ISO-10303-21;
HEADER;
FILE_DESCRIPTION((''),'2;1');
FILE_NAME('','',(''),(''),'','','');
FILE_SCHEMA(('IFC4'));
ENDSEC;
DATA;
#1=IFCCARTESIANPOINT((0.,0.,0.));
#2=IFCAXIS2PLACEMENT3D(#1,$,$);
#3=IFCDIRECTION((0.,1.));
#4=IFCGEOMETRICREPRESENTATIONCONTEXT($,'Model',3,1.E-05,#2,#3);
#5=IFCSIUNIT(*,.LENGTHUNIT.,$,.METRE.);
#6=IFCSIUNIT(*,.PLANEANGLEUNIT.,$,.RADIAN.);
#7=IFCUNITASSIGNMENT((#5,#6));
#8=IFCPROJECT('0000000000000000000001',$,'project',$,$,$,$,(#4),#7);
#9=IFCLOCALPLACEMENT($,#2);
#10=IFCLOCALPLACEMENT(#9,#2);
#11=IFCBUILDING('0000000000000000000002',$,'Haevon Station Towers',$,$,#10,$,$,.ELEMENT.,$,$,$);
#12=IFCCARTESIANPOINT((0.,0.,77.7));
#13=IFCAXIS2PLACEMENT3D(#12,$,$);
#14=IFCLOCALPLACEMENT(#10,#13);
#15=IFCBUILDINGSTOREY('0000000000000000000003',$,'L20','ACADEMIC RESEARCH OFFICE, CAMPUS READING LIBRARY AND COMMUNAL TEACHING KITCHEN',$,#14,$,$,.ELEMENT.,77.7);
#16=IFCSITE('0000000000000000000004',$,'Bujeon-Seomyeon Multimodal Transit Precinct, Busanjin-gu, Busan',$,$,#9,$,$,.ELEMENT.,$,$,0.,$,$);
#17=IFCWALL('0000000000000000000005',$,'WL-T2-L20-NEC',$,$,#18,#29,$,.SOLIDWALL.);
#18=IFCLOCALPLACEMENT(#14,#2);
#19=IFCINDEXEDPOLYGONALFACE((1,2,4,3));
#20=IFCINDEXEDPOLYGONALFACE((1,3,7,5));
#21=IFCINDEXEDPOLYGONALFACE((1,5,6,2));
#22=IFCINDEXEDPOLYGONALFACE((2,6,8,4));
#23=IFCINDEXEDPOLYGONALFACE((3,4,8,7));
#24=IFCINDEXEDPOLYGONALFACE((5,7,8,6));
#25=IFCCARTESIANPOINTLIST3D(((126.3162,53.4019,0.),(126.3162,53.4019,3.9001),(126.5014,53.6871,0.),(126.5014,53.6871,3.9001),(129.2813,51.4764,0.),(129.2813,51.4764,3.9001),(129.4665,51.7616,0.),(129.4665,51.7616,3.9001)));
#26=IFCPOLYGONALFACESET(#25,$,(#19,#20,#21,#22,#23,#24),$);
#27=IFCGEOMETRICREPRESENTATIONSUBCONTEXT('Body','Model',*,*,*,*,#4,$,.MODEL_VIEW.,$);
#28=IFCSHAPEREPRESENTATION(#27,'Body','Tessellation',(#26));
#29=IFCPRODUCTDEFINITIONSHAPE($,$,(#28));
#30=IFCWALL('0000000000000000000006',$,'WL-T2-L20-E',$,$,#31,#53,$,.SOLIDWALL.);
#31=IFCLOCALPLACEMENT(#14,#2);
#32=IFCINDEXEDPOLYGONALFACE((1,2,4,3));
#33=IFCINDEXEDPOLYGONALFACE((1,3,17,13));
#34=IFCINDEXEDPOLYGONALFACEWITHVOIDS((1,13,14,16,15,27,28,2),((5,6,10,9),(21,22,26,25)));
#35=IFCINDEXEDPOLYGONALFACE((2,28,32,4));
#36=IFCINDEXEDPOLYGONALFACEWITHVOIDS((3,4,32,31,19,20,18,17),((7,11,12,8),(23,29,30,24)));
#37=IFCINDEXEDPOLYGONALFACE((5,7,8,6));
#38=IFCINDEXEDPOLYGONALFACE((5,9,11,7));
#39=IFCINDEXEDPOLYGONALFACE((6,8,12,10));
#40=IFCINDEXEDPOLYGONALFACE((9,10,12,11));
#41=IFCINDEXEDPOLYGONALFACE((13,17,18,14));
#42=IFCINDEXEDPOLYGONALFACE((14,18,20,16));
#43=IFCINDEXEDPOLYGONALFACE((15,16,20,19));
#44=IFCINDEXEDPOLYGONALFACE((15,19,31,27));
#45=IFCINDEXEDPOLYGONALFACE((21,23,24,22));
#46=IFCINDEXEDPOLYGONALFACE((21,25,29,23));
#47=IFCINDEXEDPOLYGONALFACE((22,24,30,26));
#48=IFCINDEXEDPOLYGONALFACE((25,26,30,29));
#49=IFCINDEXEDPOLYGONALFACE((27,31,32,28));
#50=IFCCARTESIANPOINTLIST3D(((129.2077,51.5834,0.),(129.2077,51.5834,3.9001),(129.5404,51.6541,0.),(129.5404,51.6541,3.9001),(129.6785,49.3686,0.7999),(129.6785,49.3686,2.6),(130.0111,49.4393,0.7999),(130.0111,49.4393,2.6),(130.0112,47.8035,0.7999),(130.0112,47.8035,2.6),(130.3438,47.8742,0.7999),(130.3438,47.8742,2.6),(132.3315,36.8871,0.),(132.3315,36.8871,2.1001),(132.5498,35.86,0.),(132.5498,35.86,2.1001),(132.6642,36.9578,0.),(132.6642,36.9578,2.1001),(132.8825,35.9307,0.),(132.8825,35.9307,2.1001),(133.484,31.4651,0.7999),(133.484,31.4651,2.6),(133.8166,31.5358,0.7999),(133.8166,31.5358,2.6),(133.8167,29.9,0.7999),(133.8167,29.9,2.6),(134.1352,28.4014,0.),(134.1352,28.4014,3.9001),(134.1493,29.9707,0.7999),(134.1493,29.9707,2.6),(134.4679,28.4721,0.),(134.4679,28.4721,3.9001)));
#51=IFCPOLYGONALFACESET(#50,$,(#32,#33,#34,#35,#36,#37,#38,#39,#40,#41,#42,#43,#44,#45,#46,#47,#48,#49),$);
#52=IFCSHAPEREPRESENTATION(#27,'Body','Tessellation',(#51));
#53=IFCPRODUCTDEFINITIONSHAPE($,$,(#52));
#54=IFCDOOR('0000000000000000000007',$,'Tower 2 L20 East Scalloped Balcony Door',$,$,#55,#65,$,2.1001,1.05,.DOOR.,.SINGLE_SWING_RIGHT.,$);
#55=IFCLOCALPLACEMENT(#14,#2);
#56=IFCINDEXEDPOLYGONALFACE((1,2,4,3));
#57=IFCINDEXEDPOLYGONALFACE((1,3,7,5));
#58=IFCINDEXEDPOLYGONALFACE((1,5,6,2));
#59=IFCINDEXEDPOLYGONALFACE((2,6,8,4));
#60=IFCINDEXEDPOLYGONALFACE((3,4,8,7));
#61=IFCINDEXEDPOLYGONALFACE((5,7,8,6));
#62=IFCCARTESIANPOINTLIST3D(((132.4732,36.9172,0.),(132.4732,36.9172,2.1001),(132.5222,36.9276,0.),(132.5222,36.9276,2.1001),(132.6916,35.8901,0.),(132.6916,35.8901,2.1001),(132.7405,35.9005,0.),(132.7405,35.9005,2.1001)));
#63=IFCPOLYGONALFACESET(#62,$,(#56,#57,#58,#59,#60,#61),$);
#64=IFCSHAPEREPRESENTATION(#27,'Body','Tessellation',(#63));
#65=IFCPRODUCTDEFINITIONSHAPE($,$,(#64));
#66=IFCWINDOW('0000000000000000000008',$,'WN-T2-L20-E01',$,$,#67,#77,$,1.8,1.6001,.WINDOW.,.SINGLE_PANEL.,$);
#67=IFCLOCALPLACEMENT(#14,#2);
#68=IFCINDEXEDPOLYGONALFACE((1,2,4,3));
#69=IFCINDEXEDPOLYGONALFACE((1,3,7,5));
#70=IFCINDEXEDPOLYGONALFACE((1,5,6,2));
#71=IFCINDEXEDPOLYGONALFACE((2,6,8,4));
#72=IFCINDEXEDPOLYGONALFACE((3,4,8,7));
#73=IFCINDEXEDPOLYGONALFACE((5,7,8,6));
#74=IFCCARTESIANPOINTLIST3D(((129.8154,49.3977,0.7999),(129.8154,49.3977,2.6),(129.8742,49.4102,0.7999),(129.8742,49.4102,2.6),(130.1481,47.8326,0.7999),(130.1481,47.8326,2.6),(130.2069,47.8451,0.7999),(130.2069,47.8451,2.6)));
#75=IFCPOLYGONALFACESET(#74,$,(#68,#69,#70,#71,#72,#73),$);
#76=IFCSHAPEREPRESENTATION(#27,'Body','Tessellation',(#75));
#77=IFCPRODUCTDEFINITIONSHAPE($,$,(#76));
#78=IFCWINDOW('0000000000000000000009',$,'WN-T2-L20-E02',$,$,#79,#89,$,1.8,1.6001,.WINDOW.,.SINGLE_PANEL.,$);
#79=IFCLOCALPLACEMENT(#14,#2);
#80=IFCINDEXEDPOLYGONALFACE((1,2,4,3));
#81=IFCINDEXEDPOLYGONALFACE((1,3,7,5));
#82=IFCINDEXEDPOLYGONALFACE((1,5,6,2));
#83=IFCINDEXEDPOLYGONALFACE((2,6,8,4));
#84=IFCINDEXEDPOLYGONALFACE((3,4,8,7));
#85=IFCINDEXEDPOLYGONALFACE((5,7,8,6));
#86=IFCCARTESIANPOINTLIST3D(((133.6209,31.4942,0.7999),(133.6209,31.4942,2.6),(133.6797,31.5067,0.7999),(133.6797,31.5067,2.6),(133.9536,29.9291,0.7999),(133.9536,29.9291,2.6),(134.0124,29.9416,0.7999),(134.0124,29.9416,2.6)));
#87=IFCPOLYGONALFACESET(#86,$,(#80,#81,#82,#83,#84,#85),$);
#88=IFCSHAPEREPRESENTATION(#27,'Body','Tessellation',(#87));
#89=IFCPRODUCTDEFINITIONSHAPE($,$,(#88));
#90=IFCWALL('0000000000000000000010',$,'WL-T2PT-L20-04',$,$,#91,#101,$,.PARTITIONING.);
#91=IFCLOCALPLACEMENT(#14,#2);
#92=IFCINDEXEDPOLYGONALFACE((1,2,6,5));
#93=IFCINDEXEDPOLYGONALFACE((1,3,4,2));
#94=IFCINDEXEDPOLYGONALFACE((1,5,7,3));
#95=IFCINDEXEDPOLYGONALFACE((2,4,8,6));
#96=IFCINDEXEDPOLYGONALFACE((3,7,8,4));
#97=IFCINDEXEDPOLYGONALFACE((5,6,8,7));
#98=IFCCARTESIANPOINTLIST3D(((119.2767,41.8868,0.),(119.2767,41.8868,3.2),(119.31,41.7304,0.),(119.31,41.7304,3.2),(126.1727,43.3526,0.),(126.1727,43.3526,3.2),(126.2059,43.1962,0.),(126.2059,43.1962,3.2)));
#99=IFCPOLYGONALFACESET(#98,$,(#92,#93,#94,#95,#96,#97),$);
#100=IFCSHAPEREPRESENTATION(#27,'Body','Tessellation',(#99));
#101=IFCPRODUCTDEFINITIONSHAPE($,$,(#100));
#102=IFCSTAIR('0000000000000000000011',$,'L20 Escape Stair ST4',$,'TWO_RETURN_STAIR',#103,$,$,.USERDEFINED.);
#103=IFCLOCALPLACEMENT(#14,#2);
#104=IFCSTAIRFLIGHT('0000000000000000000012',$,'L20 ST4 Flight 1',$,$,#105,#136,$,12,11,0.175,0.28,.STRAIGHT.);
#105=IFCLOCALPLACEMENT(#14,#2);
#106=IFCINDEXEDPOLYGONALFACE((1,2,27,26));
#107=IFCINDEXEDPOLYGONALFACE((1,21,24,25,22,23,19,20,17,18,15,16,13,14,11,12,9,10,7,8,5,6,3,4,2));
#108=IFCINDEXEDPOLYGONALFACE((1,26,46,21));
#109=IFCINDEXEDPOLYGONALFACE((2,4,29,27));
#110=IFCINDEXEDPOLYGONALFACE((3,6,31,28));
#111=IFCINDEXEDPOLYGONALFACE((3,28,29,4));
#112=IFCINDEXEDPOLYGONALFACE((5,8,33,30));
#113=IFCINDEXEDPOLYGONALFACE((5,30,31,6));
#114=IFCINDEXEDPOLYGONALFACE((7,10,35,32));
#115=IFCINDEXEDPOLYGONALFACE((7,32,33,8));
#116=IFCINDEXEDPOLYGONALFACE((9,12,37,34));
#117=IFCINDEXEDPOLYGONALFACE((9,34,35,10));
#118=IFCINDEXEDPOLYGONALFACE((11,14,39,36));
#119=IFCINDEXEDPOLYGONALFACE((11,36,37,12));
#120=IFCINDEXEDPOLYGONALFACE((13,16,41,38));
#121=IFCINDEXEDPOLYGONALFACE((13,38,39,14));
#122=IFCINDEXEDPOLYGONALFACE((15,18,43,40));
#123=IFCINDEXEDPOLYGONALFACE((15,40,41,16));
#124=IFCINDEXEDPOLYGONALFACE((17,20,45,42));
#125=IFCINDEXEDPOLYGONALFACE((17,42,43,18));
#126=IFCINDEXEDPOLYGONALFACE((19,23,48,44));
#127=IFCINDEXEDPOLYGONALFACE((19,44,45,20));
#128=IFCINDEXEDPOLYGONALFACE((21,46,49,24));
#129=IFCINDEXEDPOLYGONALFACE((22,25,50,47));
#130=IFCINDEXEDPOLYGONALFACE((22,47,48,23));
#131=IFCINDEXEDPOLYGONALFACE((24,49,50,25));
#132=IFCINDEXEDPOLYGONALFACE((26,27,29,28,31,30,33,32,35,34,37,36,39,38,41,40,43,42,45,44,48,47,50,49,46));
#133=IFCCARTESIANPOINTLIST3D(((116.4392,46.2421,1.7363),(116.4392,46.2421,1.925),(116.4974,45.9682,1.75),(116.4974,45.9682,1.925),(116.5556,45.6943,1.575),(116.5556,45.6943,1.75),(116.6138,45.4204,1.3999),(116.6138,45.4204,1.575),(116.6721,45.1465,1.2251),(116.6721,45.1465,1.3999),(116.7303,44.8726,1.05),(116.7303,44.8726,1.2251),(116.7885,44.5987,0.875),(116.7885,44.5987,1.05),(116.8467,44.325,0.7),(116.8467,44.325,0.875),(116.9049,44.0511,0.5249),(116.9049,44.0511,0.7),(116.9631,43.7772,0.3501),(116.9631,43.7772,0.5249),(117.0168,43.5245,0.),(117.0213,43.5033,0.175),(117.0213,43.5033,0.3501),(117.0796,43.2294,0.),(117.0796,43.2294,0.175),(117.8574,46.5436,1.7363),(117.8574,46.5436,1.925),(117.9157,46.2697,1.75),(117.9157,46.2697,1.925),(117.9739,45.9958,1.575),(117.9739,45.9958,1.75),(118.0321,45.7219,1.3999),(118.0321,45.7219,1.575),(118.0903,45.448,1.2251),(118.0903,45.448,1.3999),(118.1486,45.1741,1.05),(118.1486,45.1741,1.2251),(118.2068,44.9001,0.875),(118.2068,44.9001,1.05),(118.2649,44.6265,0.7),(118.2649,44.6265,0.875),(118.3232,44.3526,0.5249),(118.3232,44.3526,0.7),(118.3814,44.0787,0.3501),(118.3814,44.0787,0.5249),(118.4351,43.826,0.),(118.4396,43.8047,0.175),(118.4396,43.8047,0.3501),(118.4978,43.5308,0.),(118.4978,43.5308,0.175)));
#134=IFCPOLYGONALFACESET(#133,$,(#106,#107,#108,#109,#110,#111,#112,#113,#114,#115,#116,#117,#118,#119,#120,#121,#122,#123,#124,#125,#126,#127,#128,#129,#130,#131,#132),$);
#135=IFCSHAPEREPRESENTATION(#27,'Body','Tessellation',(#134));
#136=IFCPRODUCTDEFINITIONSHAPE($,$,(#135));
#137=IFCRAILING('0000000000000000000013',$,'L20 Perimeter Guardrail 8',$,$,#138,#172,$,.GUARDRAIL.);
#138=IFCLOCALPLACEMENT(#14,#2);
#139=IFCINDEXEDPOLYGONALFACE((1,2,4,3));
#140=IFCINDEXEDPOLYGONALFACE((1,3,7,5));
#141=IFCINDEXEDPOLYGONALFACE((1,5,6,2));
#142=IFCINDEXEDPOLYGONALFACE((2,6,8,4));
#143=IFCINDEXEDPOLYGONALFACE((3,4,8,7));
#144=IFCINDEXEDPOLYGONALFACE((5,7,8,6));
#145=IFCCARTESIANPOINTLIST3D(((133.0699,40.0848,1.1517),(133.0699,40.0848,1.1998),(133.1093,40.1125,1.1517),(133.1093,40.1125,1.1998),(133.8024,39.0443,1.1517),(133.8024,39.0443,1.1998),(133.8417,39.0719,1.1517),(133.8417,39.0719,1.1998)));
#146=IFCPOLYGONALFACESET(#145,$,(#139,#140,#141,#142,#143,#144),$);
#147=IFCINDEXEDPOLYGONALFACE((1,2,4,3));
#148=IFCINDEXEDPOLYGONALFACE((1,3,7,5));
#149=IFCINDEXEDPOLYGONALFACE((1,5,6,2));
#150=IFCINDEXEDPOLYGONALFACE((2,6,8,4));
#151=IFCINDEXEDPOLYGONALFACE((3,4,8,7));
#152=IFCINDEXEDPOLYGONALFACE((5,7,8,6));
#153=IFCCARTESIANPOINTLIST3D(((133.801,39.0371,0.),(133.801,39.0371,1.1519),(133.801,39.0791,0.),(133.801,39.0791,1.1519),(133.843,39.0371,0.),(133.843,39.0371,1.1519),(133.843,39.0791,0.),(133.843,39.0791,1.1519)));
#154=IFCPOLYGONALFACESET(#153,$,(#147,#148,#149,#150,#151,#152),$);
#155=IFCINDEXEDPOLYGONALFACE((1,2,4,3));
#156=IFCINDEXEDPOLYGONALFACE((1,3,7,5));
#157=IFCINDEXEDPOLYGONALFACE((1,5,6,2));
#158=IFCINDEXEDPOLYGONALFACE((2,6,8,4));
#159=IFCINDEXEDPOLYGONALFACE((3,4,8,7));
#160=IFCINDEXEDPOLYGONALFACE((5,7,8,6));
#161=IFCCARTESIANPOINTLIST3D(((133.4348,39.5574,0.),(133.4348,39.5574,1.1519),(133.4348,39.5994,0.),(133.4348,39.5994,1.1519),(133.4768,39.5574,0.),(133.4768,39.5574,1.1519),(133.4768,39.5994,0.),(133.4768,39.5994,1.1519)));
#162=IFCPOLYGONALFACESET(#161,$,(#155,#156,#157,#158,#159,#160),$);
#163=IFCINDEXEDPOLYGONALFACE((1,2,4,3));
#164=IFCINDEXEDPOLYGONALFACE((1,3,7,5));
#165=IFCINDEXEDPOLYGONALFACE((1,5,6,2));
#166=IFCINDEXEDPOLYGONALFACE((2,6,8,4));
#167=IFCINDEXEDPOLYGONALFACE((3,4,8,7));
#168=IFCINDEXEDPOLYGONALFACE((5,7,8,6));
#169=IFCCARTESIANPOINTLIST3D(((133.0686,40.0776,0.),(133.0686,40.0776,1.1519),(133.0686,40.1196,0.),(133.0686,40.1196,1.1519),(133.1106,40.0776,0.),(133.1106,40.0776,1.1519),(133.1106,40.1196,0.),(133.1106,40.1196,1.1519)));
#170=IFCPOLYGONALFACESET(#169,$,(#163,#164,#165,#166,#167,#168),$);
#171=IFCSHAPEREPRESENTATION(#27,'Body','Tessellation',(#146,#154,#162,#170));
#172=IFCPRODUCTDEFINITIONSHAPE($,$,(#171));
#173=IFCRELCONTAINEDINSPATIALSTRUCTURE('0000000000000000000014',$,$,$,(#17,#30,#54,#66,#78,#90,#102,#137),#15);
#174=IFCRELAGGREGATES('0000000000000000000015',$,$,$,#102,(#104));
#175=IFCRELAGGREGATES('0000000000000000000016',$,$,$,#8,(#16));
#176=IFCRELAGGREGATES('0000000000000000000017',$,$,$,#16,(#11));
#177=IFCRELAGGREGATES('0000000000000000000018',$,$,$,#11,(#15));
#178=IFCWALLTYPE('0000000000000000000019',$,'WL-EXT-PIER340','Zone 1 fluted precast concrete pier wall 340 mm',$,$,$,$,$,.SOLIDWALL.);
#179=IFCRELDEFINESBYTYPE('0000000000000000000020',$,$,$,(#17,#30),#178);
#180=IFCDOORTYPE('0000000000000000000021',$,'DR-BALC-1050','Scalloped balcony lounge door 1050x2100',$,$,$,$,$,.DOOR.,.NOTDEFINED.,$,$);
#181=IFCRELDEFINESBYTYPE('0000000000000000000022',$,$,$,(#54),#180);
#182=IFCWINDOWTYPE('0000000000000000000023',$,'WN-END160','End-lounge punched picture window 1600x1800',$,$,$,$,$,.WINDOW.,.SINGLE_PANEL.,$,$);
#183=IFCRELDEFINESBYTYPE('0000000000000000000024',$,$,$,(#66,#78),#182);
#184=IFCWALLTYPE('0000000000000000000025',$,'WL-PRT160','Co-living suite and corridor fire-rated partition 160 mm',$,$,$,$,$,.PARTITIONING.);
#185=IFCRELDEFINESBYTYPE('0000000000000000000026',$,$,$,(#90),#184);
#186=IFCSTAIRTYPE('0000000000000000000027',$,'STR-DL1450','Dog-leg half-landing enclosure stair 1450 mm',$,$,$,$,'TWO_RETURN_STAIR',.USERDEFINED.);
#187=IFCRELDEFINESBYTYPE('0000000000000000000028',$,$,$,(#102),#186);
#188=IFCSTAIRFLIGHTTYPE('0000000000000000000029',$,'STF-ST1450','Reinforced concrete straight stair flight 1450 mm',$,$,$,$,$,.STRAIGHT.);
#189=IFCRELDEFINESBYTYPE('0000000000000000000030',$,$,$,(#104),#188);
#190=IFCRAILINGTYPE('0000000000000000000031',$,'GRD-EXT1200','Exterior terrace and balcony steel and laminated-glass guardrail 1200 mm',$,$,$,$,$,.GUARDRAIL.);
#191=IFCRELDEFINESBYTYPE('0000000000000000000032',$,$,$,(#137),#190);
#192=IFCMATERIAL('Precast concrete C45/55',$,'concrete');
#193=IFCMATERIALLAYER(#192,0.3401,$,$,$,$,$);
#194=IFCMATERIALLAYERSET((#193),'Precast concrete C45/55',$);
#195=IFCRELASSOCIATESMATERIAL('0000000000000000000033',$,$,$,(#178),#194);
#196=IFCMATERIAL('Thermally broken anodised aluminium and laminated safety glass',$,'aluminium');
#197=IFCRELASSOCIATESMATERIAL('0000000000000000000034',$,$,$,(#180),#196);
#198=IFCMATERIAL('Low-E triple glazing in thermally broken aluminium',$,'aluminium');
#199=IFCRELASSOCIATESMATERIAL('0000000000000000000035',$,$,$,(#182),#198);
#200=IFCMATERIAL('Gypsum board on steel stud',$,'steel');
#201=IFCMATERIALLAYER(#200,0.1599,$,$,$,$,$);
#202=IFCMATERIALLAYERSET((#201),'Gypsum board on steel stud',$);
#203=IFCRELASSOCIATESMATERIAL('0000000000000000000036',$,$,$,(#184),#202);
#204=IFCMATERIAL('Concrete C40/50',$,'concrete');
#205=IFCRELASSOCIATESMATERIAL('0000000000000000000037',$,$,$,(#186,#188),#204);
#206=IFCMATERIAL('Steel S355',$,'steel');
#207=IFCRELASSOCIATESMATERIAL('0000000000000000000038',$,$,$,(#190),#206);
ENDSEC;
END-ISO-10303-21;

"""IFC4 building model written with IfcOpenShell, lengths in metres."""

from ifc_helpers import new_model, si_unit, direction, frame, frame_2d, origin, origin_2d, place, context, subcontext, project, spatial, polyline, rectangle, outline, extrude, material, layer, layer_set, type_object, element, fill, aggregate, save


model = new_model("IFC4")

# Units and contexts
model_context = context("Model", 3, precision=1e-05, world=origin(), true_north=direction((0.0, 1.0)))
body_context = subcontext(model_context, "Body", "Model", "MODEL_VIEW")
ifc_project = project(units=[si_unit("LENGTHUNIT", "METRE"), si_unit("PLANEANGLEUNIT", "RADIAN")], contexts=[model_context])

# Site, building, storey
site_placement = place(None, origin())
site = spatial("IfcSite", under=ifc_project, at=site_placement, Name="Bujeon-Seomyeon Multimodal Transit Precinct, Busanjin-gu, Busan", CompositionType="ELEMENT", RefElevation=0.0)
building_placement = place(site_placement, origin())
building = spatial("IfcBuilding", under=site, at=building_placement, Name="Haevon Station Towers", CompositionType="ELEMENT")
storey_placement = place(building_placement, frame((0.0, 0.0, 77.7)))
storey = spatial("IfcBuildingStorey", under=building, at=storey_placement, Name="L20", Description="ACADEMIC RESEARCH OFFICE, CAMPUS READING LIBRARY AND COMMUNAL TEACHING KITCHEN", CompositionType="ELEMENT", Elevation=77.7)

# Shared definitions
ifc_material_1 = material(Name="Steel S355", Category="steel")

# Wall
ifc_material_2 = material(Name="Precast concrete C45/55", Category="concrete")
ifc_layer_1 = layer(ifc_material_2, 0.3401)
ifc_layer_set_1 = layer_set([ifc_layer_1], Name="Precast concrete C45/55")
wall_type_1 = type_object("IfcWallType", Name="WL-EXT-PIER340", Description="Zone 1 fluted precast concrete pier wall 340 mm", PredefinedType="SOLIDWALL", material=ifc_layer_set_1)
wall_1_placement = place(storey_placement, frame((126.4089, 53.5444, 0.0), z_axis=(0.0, 0.0, 1.0), x_axis=(0.838672, -0.544636, 0.0)))
element("IfcWall", 1, at=wall_1_placement, inside=storey, type_object=wall_type_1, Name="WL-T2-L20-NEC", PredefinedType="SOLIDWALL", context=body_context, shape_type="SweptSolid", body=[
    extrude(rectangle(XDim=3.5354, YDim=0.3401, at=frame_2d((1.7676, 0.0))), origin(), (0.0, 0.0, 1.0), 3.9001),
])

# Wall, openings, door, windows
wall_2_placement = place(storey_placement, frame((129.374, 51.6189, 0.0), z_axis=(0.0, 0.0, 1.0), x_axis=(0.207911, -0.978148, 0.0)))
wall_2 = element("IfcWall", 2, at=wall_2_placement, inside=storey, type_object=wall_type_1, Name="WL-T2-L20-E", PredefinedType="SOLIDWALL", context=body_context, shape_type="SweptSolid", body=[
    extrude(rectangle(XDim=23.7, YDim=0.3401, at=frame_2d((11.8501, 0.0))), origin(), (0.0, 0.0, 1.0), 3.9001),
])
opening_1_placement = place(wall_2_placement, frame((15.0249, 0.0, 0.0)))
opening_1 = element("IfcOpeningElement", 3, at=opening_1_placement, cuts=wall_2, PredefinedType="OPENING", context=body_context, shape_type="SweptSolid", body=[
    extrude(rectangle(XDim=1.05, YDim=2.1001, at=frame_2d((0.5249, 1.05))), frame((0.0, 0.1799, 0.0), z_axis=(0.0, -1.0, 0.0), x_axis=(1.0, 0.0, 0.0)), (0.0, 0.0, 1.0), 0.3601),
])
opening_2_placement = place(wall_2_placement, frame((2.2644, 0.0, 0.8)))
opening_2 = element("IfcOpeningElement", 4, at=opening_2_placement, cuts=wall_2, PredefinedType="OPENING", context=body_context, shape_type="SweptSolid", body=[
    extrude(rectangle(XDim=1.6001, YDim=1.8, at=frame_2d((0.8, 0.8999))), frame((0.0, 0.1799, 0.0), z_axis=(0.0, -1.0, 0.0), x_axis=(1.0, 0.0, 0.0)), (0.0, 0.0, 1.0), 0.3601),
])
opening_3_placement = place(wall_2_placement, frame((20.5679, 0.0, 0.8)))
opening_3 = element("IfcOpeningElement", 5, at=opening_3_placement, cuts=wall_2, PredefinedType="OPENING", context=body_context, shape_type="SweptSolid", body=[
    extrude(rectangle(XDim=1.6001, YDim=1.8, at=frame_2d((0.8, 0.8999))), frame((0.0, 0.1799, 0.0), z_axis=(0.0, -1.0, 0.0), x_axis=(1.0, 0.0, 0.0)), (0.0, 0.0, 1.0), 0.3601),
])
ifc_material_3 = material(Name="Thermally broken anodised aluminium and laminated safety glass", Category="aluminium")
door_type = type_object("IfcDoorType", Name="DR-BALC-1050", Description="Scalloped balcony lounge door 1050x2100", OperationType="NOTDEFINED", PredefinedType="DOOR", material=ifc_material_3)
door_placement = place(opening_1_placement, origin())
door = element("IfcDoor", 6, at=door_placement, inside=storey, type_object=door_type, Name="Tower 2 L20 East Scalloped Balcony Door", OperationType="SINGLE_SWING_RIGHT", OverallHeight=2.1001, OverallWidth=1.05, PredefinedType="DOOR", context=body_context, shape_type="SweptSolid", body=[
    extrude(rectangle(XDim=1.05, YDim=2.1001, at=frame_2d((0.5249, 1.05))), frame((0.0, 0.0249, 0.0), z_axis=(0.0, -1.0, 0.0), x_axis=(1.0, 0.0, 0.0)), (0.0, 0.0, 1.0), 0.05),
])
fill(opening_1, door)
ifc_material_4 = material(Name="Low-E triple glazing in thermally broken aluminium", Category="aluminium")
window_type = type_object("IfcWindowType", Name="WN-END160", Description="End-lounge punched picture window 1600x1800", PartitioningType="SINGLE_PANEL", PredefinedType="WINDOW", material=ifc_material_4)
window_1_placement = place(opening_2_placement, origin())
window_1 = element("IfcWindow", 7, at=window_1_placement, inside=storey, type_object=window_type, Name="WN-T2-L20-E01", OverallHeight=1.8, OverallWidth=1.6001, PartitioningType="SINGLE_PANEL", PredefinedType="WINDOW", context=body_context, shape_type="SweptSolid", body=[
    extrude(rectangle(XDim=1.6001, YDim=1.8, at=frame_2d((0.8, 0.8999))), frame((0.0, 0.03, 0.0), z_axis=(0.0, -1.0, 0.0), x_axis=(1.0, 0.0, 0.0)), (0.0, 0.0, 1.0), 0.0601),
])
fill(opening_2, window_1)
window_2_placement = place(opening_3_placement, origin())
window_2 = element("IfcWindow", 8, at=window_2_placement, inside=storey, type_object=window_type, Name="WN-T2-L20-E02", OverallHeight=1.8, OverallWidth=1.6001, PartitioningType="SINGLE_PANEL", PredefinedType="WINDOW", context=body_context, shape_type="SweptSolid", body=[
    extrude(rectangle(XDim=1.6001, YDim=1.8, at=frame_2d((0.8, 0.8999))), frame((0.0, 0.03, 0.0), z_axis=(0.0, -1.0, 0.0), x_axis=(1.0, 0.0, 0.0)), (0.0, 0.0, 1.0), 0.0601),
])
fill(opening_3, window_2)

# Wall
ifc_material_5 = material(Name="Gypsum board on steel stud", Category="steel")
ifc_layer_2 = layer(ifc_material_5, 0.1599)
ifc_layer_set_2 = layer_set([ifc_layer_2], Name="Gypsum board on steel stud")
wall_type_2 = type_object("IfcWallType", Name="WL-PRT160", Description="Co-living suite and corridor fire-rated partition 160 mm", PredefinedType="PARTITIONING", material=ifc_layer_set_2)
wall_3_placement = place(storey_placement, frame((119.2935, 41.8086, 0.0), z_axis=(0.0, 0.0, 1.0), x_axis=(0.978147, 0.207916, 0.0)))
element("IfcWall", 9, at=wall_3_placement, inside=storey, type_object=wall_type_2, Name="WL-T2PT-L20-04", PredefinedType="PARTITIONING", context=body_context, shape_type="SweptSolid", body=[
    extrude(rectangle(XDim=7.05, YDim=0.1599, at=frame_2d((3.5249, 0.0))), origin(), (0.0, 0.0, 1.0), 3.2),
])

# Stair, stair flight
ifc_material_6 = material(Name="Concrete C40/50", Category="concrete")
stair_type = type_object("IfcStairType", Name="STR-DL1450", Description="Dog-leg half-landing enclosure stair 1450 mm", ElementType="TWO_RETURN_STAIR", PredefinedType="USERDEFINED", material=ifc_material_6)
stair_placement = place(storey_placement, origin())
stair = element("IfcStair", 10, at=stair_placement, inside=storey, type_object=stair_type, Name="L20 Escape Stair ST4", ObjectType="TWO_RETURN_STAIR", PredefinedType="USERDEFINED")
stair_flight_type = type_object("IfcStairFlightType", Name="STF-ST1450", Description="Reinforced concrete straight stair flight 1450 mm", PredefinedType="STRAIGHT", material=ifc_material_6)
stair_flight_placement = place(storey_placement, frame((117.7888, 43.3801, 0.0), z_axis=(0.0, 0.0, 1.0), x_axis=(-0.207912, 0.978148, 0.0)))
stair_flight = element("IfcStairFlight", 11, at=stair_flight_placement, type_object=stair_flight_type, Name="L20 ST4 Flight 1", NumberOfRisers=12, NumberOfTreads=11, PredefinedType="STRAIGHT", RiserHeight=0.175, TreadLength=0.28, context=body_context, shape_type="SweptSolid", body=[
    extrude(outline(polyline([(0.0, 0.0), (0.0, 0.175), (0.28, 0.175), (0.28, 0.3501), (0.5601, 0.3501), (0.5601, 0.5249), (0.8401, 0.5249), (0.8401, 0.7), (1.1201, 0.7), (1.1201, 0.875), (1.3999, 0.875), (1.3999, 1.05), (1.6799, 1.05), (1.6799, 1.2251), (1.96, 1.2251), (1.96, 1.3999), (2.24, 1.3999), (2.24, 1.575), (2.52, 1.575), (2.52, 1.75), (2.8, 1.75), (2.8, 1.925), (3.0801, 1.925), (3.0801, 2.1001), (3.0801, 1.7363), (0.3018, 0.0), (0.0, 0.0)])), frame((0.0, 0.7251, 0.0), z_axis=(0.0, -1.0, 0.0), x_axis=(1.0, 0.0, 0.0)), (0.0, 0.0, 1.0), 1.45),
])
aggregate(stair, [stair_flight])

# Railing
railing_type_1 = type_object("IfcRailingType", Name="GRD-EXT1200", Description="Exterior terrace and balcony steel and laminated-glass guardrail 1200 mm", PredefinedType="GUARDRAIL", material=ifc_material_1)
railing_1_placement = place(storey_placement, frame((133.822, 39.0581, 0.0)))
element("IfcRailing", 12, at=railing_1_placement, inside=storey, type_object=railing_type_1, Name="L20 Perimeter Guardrail 8", PredefinedType="GUARDRAIL", context=body_context, shape_type="SweptSolid", body=[
    extrude(rectangle(XDim=0.0481, YDim=0.0481, at=origin_2d()), frame((0.0, 0.0, 1.1758), z_axis=(-0.575598, 0.817733, 0.0), x_axis=(-0.817733, -0.575598, 0.0)), (0.0, 0.0, 1.0), 1.2725),
    extrude(rectangle(XDim=0.042, YDim=0.042, at=origin_2d()), origin(), (0.0, 0.0, 1.0), 1.1519),
    extrude(rectangle(XDim=0.042, YDim=0.042, at=origin_2d()), frame((-0.3662, 0.5203, 0.0)), (0.0, 0.0, 1.0), 1.1519),
    extrude(rectangle(XDim=0.042, YDim=0.042, at=origin_2d()), frame((-0.7324, 1.0405, 0.0)), (0.0, 0.0, 1.0), 1.1519),
])

save(model, "model.ifc")
